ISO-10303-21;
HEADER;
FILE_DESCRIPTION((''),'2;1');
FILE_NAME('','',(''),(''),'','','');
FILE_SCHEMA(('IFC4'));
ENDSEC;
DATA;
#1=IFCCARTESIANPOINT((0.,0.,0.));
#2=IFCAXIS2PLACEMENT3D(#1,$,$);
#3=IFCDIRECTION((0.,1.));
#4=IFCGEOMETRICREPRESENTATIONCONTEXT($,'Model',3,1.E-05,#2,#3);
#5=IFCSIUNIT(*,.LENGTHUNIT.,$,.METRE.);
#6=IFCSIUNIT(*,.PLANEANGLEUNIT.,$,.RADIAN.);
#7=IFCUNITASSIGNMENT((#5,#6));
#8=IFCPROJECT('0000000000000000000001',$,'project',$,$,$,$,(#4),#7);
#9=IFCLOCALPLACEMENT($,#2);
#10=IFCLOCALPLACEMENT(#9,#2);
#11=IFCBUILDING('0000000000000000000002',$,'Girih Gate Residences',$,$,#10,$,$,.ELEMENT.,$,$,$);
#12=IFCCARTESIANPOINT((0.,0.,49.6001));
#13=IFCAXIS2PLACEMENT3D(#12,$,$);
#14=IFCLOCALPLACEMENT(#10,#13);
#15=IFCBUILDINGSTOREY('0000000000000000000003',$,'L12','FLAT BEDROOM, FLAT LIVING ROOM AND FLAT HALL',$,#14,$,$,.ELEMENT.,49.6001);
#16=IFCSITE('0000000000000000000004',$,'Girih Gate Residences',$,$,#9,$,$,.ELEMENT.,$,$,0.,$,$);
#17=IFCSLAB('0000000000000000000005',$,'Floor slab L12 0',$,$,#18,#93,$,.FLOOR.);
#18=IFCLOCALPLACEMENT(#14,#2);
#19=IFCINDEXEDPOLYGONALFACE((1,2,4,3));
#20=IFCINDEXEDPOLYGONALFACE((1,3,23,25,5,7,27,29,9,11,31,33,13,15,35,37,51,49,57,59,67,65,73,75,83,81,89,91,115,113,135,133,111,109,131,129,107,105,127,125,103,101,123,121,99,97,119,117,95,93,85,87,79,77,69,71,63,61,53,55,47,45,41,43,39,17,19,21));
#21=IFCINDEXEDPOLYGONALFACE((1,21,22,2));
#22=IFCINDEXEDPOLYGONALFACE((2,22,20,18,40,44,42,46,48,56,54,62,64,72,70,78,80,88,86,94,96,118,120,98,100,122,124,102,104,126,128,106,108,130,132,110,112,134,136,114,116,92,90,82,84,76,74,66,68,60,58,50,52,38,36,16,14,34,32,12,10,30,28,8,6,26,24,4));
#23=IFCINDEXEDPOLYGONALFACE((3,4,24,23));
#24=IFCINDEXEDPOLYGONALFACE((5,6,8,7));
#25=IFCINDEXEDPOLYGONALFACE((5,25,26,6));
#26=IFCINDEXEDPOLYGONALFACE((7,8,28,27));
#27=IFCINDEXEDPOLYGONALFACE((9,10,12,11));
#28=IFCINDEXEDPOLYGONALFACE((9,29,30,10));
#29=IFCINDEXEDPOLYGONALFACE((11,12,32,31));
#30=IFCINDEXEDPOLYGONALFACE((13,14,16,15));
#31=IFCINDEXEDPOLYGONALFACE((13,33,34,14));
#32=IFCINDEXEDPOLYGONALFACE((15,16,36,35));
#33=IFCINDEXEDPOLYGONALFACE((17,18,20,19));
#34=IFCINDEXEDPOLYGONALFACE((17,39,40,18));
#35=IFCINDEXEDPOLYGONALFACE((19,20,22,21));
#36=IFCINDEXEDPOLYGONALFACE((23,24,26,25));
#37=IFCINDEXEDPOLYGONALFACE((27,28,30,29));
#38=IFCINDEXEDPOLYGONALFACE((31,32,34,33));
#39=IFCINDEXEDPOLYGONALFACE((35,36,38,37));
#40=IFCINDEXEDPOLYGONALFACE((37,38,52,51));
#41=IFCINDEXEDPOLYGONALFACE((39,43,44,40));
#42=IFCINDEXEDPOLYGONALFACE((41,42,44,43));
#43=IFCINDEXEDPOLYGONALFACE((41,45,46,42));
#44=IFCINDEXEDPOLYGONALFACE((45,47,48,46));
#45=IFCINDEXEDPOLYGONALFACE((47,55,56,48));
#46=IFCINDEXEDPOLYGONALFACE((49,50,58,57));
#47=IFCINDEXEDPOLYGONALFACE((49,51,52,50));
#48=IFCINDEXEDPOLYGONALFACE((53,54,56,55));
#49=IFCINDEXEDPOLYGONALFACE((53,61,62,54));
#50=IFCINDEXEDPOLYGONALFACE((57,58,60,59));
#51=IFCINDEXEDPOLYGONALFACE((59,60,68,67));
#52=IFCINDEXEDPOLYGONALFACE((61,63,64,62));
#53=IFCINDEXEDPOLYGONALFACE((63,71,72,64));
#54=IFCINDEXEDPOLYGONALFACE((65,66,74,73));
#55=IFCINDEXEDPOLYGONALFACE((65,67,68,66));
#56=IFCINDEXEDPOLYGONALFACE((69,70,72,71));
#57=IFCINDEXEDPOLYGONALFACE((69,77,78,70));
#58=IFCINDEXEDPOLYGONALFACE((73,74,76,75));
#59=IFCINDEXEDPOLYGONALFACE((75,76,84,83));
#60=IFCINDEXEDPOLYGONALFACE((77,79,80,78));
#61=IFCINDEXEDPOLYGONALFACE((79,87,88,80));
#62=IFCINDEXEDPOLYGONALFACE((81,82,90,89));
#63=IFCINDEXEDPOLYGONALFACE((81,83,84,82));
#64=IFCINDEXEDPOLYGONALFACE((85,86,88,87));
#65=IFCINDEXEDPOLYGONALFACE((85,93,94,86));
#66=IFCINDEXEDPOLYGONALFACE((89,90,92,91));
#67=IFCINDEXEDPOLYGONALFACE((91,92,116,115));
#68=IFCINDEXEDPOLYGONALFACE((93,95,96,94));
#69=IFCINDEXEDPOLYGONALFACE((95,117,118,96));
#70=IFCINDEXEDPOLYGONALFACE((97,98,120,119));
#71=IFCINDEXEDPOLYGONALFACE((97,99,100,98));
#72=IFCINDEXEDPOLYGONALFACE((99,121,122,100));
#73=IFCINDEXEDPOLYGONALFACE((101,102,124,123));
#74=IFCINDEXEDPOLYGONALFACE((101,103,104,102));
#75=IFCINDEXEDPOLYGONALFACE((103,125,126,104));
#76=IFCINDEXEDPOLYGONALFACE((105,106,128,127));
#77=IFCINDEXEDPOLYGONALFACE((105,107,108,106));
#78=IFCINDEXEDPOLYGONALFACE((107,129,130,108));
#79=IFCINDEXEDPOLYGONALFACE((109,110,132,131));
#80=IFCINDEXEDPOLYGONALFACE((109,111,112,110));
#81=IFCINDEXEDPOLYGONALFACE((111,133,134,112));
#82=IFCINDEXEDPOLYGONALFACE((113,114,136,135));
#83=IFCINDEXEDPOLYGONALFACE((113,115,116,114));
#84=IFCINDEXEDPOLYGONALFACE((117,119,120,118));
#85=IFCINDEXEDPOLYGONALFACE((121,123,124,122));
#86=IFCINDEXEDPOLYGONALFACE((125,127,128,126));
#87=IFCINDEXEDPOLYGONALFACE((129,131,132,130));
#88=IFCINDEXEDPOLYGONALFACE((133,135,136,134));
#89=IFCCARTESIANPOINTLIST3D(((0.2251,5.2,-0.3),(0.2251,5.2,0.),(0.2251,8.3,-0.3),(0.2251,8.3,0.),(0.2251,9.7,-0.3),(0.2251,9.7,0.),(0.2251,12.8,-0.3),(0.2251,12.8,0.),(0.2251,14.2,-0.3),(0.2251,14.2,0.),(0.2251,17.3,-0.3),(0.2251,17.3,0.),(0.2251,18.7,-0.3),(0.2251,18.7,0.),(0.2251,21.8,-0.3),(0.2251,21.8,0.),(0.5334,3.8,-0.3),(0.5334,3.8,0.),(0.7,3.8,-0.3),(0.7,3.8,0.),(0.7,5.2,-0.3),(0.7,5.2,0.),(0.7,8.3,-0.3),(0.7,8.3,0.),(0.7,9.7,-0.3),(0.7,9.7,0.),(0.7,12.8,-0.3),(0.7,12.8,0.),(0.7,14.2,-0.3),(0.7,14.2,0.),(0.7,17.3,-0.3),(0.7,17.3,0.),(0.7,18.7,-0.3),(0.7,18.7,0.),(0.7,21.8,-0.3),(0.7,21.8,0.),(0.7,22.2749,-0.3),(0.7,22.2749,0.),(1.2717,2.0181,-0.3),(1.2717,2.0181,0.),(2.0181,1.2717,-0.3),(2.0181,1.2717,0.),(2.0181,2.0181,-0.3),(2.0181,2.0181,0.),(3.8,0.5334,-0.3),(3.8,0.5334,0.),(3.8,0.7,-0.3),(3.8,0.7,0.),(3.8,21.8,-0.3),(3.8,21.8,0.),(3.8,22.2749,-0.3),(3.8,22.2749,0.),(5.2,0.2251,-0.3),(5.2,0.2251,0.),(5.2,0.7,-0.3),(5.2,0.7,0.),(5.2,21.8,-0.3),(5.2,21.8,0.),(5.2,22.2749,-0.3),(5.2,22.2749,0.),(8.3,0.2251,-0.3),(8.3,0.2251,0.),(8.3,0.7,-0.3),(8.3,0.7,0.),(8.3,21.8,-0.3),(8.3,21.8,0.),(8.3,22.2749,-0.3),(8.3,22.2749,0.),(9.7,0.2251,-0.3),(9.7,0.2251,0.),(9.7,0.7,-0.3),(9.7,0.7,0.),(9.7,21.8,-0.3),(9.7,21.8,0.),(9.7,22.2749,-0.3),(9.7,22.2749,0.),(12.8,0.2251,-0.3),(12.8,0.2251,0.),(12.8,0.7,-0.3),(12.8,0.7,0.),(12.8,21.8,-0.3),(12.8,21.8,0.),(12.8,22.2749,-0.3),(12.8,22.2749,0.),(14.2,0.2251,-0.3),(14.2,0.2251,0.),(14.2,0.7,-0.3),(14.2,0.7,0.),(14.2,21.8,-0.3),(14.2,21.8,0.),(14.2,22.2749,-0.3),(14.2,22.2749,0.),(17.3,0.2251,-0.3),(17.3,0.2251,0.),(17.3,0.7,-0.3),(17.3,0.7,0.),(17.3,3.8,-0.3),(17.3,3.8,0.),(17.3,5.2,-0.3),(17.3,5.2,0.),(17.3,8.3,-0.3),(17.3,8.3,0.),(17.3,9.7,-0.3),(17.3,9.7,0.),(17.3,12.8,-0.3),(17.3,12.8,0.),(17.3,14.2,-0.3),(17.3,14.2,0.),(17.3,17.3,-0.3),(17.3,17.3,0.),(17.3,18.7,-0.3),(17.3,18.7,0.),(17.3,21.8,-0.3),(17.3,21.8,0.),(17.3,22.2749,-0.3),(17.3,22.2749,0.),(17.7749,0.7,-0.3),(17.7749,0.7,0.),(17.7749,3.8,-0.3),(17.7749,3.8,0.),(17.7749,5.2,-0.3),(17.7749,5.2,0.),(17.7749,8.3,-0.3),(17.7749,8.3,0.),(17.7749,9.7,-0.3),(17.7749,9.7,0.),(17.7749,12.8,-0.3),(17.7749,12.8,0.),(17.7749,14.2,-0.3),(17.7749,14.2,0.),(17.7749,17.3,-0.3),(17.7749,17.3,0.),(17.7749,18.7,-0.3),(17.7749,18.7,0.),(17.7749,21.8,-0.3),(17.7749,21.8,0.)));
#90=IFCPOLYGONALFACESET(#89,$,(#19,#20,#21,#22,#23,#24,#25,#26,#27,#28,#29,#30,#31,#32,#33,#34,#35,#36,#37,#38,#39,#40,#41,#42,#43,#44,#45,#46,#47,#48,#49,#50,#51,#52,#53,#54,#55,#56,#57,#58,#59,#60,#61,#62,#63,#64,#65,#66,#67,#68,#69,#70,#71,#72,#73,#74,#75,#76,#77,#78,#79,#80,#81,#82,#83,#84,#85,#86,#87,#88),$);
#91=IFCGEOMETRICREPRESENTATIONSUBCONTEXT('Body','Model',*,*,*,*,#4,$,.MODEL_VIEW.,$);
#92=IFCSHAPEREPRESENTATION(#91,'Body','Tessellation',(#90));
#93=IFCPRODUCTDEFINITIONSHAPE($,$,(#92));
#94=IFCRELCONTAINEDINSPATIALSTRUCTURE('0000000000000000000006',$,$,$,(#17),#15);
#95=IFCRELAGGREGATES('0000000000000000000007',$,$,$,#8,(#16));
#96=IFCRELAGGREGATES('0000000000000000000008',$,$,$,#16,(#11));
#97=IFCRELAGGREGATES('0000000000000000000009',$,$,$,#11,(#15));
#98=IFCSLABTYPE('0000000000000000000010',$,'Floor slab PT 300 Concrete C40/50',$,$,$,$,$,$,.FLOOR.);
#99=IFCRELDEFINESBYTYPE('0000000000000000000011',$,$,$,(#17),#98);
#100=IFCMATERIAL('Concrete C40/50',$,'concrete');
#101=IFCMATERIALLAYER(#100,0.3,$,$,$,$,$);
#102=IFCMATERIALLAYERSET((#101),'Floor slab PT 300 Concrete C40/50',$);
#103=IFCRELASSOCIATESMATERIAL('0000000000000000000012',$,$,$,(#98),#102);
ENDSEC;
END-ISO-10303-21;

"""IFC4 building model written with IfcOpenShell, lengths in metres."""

from ifc_helpers import new_model, si_unit, direction, frame, origin, place, context, subcontext, project, spatial, polyline, outline, extrude, material, layer, layer_set, type_object, element, save


model = new_model("IFC4")

# Units and contexts
model_context = context("Model", 3, precision=1e-05, world=origin(), true_north=direction((0.0, 1.0)))
body_context = subcontext(model_context, "Body", "Model", "MODEL_VIEW")
ifc_project = project(units=[si_unit("LENGTHUNIT", "METRE"), si_unit("PLANEANGLEUNIT", "RADIAN")], contexts=[model_context])

# Site, building, storey
site_placement = place(None, origin())
site = spatial("IfcSite", under=ifc_project, at=site_placement, Name="Girih Gate Residences", CompositionType="ELEMENT", RefElevation=0.0)
building_placement = place(site_placement, origin())
building = spatial("IfcBuilding", under=site, at=building_placement, Name="Girih Gate Residences", CompositionType="ELEMENT")
storey_placement = place(building_placement, frame((0.0, 0.0, 49.6001)))
storey = spatial("IfcBuildingStorey", under=building, at=storey_placement, Name="L12", Description="FLAT BEDROOM, FLAT LIVING ROOM AND FLAT HALL", CompositionType="ELEMENT", Elevation=49.6001)

# Slab
ifc_material_1 = material(Name="Concrete C40/50", Category="concrete")
ifc_layer_1 = layer(ifc_material_1, 0.3)
ifc_layer_set_1 = layer_set([ifc_layer_1], Name="Floor slab PT 300 Concrete C40/50")
slab_type_1 = type_object("IfcSlabType", Name="Floor slab PT 300 Concrete C40/50", PredefinedType="FLOOR", material=ifc_layer_set_1)
slab_1_placement = place(storey_placement, frame((0.0, 0.0, -0.3)))
element("IfcSlab", 1, at=slab_1_placement, inside=storey, type_object=slab_type_1, Name="Floor slab L12 0", PredefinedType="FLOOR", context=body_context, shape_type="SweptSolid", body=[
    extrude(outline(polyline([(0.2251, 8.3), (0.2251, 5.2), (0.7, 5.2), (0.7, 3.8), (0.5334, 3.8), (1.2717, 2.0181), (2.0181, 2.0181), (2.0181, 1.2717), (3.8, 0.5334), (3.8, 0.7), (5.2, 0.7), (5.2, 0.2251), (8.3, 0.2251), (8.3, 0.7), (9.7, 0.7), (9.7, 0.2251), (12.8, 0.2251), (12.8, 0.7), (14.2, 0.7), (14.2, 0.2251), (17.3, 0.2251), (17.3, 0.7), (17.7749, 0.7), (17.7749, 3.8), (17.3, 3.8), (17.3, 5.2), (17.7749, 5.2), (17.7749, 8.3), (17.3, 8.3), (17.3, 9.7), (17.7749, 9.7), (17.7749, 12.8), (17.3, 12.8), (17.3, 14.2), (17.7749, 14.2), (17.7749, 17.3), (17.3, 17.3), (17.3, 18.7), (17.7749, 18.7), (17.7749, 21.8), (17.3, 21.8), (17.3, 22.2749), (14.2, 22.2749), (14.2, 21.8), (12.8, 21.8), (12.8, 22.2749), (9.7, 22.2749), (9.7, 21.8), (8.3, 21.8), (8.3, 22.2749), (5.2, 22.2749), (5.2, 21.8), (3.8, 21.8), (3.8, 22.2749), (0.7, 22.2749), (0.7, 21.8), (0.2251, 21.8), (0.2251, 18.7), (0.7, 18.7), (0.7, 17.3), (0.2251, 17.3), (0.2251, 14.2), (0.7, 14.2), (0.7, 12.8), (0.2251, 12.8), (0.2251, 9.7), (0.7, 9.7), (0.7, 8.3), (0.2251, 8.3)])), origin(), (0.0, 0.0, 1.0), 0.3),
])

save(model, "model.ifc")
